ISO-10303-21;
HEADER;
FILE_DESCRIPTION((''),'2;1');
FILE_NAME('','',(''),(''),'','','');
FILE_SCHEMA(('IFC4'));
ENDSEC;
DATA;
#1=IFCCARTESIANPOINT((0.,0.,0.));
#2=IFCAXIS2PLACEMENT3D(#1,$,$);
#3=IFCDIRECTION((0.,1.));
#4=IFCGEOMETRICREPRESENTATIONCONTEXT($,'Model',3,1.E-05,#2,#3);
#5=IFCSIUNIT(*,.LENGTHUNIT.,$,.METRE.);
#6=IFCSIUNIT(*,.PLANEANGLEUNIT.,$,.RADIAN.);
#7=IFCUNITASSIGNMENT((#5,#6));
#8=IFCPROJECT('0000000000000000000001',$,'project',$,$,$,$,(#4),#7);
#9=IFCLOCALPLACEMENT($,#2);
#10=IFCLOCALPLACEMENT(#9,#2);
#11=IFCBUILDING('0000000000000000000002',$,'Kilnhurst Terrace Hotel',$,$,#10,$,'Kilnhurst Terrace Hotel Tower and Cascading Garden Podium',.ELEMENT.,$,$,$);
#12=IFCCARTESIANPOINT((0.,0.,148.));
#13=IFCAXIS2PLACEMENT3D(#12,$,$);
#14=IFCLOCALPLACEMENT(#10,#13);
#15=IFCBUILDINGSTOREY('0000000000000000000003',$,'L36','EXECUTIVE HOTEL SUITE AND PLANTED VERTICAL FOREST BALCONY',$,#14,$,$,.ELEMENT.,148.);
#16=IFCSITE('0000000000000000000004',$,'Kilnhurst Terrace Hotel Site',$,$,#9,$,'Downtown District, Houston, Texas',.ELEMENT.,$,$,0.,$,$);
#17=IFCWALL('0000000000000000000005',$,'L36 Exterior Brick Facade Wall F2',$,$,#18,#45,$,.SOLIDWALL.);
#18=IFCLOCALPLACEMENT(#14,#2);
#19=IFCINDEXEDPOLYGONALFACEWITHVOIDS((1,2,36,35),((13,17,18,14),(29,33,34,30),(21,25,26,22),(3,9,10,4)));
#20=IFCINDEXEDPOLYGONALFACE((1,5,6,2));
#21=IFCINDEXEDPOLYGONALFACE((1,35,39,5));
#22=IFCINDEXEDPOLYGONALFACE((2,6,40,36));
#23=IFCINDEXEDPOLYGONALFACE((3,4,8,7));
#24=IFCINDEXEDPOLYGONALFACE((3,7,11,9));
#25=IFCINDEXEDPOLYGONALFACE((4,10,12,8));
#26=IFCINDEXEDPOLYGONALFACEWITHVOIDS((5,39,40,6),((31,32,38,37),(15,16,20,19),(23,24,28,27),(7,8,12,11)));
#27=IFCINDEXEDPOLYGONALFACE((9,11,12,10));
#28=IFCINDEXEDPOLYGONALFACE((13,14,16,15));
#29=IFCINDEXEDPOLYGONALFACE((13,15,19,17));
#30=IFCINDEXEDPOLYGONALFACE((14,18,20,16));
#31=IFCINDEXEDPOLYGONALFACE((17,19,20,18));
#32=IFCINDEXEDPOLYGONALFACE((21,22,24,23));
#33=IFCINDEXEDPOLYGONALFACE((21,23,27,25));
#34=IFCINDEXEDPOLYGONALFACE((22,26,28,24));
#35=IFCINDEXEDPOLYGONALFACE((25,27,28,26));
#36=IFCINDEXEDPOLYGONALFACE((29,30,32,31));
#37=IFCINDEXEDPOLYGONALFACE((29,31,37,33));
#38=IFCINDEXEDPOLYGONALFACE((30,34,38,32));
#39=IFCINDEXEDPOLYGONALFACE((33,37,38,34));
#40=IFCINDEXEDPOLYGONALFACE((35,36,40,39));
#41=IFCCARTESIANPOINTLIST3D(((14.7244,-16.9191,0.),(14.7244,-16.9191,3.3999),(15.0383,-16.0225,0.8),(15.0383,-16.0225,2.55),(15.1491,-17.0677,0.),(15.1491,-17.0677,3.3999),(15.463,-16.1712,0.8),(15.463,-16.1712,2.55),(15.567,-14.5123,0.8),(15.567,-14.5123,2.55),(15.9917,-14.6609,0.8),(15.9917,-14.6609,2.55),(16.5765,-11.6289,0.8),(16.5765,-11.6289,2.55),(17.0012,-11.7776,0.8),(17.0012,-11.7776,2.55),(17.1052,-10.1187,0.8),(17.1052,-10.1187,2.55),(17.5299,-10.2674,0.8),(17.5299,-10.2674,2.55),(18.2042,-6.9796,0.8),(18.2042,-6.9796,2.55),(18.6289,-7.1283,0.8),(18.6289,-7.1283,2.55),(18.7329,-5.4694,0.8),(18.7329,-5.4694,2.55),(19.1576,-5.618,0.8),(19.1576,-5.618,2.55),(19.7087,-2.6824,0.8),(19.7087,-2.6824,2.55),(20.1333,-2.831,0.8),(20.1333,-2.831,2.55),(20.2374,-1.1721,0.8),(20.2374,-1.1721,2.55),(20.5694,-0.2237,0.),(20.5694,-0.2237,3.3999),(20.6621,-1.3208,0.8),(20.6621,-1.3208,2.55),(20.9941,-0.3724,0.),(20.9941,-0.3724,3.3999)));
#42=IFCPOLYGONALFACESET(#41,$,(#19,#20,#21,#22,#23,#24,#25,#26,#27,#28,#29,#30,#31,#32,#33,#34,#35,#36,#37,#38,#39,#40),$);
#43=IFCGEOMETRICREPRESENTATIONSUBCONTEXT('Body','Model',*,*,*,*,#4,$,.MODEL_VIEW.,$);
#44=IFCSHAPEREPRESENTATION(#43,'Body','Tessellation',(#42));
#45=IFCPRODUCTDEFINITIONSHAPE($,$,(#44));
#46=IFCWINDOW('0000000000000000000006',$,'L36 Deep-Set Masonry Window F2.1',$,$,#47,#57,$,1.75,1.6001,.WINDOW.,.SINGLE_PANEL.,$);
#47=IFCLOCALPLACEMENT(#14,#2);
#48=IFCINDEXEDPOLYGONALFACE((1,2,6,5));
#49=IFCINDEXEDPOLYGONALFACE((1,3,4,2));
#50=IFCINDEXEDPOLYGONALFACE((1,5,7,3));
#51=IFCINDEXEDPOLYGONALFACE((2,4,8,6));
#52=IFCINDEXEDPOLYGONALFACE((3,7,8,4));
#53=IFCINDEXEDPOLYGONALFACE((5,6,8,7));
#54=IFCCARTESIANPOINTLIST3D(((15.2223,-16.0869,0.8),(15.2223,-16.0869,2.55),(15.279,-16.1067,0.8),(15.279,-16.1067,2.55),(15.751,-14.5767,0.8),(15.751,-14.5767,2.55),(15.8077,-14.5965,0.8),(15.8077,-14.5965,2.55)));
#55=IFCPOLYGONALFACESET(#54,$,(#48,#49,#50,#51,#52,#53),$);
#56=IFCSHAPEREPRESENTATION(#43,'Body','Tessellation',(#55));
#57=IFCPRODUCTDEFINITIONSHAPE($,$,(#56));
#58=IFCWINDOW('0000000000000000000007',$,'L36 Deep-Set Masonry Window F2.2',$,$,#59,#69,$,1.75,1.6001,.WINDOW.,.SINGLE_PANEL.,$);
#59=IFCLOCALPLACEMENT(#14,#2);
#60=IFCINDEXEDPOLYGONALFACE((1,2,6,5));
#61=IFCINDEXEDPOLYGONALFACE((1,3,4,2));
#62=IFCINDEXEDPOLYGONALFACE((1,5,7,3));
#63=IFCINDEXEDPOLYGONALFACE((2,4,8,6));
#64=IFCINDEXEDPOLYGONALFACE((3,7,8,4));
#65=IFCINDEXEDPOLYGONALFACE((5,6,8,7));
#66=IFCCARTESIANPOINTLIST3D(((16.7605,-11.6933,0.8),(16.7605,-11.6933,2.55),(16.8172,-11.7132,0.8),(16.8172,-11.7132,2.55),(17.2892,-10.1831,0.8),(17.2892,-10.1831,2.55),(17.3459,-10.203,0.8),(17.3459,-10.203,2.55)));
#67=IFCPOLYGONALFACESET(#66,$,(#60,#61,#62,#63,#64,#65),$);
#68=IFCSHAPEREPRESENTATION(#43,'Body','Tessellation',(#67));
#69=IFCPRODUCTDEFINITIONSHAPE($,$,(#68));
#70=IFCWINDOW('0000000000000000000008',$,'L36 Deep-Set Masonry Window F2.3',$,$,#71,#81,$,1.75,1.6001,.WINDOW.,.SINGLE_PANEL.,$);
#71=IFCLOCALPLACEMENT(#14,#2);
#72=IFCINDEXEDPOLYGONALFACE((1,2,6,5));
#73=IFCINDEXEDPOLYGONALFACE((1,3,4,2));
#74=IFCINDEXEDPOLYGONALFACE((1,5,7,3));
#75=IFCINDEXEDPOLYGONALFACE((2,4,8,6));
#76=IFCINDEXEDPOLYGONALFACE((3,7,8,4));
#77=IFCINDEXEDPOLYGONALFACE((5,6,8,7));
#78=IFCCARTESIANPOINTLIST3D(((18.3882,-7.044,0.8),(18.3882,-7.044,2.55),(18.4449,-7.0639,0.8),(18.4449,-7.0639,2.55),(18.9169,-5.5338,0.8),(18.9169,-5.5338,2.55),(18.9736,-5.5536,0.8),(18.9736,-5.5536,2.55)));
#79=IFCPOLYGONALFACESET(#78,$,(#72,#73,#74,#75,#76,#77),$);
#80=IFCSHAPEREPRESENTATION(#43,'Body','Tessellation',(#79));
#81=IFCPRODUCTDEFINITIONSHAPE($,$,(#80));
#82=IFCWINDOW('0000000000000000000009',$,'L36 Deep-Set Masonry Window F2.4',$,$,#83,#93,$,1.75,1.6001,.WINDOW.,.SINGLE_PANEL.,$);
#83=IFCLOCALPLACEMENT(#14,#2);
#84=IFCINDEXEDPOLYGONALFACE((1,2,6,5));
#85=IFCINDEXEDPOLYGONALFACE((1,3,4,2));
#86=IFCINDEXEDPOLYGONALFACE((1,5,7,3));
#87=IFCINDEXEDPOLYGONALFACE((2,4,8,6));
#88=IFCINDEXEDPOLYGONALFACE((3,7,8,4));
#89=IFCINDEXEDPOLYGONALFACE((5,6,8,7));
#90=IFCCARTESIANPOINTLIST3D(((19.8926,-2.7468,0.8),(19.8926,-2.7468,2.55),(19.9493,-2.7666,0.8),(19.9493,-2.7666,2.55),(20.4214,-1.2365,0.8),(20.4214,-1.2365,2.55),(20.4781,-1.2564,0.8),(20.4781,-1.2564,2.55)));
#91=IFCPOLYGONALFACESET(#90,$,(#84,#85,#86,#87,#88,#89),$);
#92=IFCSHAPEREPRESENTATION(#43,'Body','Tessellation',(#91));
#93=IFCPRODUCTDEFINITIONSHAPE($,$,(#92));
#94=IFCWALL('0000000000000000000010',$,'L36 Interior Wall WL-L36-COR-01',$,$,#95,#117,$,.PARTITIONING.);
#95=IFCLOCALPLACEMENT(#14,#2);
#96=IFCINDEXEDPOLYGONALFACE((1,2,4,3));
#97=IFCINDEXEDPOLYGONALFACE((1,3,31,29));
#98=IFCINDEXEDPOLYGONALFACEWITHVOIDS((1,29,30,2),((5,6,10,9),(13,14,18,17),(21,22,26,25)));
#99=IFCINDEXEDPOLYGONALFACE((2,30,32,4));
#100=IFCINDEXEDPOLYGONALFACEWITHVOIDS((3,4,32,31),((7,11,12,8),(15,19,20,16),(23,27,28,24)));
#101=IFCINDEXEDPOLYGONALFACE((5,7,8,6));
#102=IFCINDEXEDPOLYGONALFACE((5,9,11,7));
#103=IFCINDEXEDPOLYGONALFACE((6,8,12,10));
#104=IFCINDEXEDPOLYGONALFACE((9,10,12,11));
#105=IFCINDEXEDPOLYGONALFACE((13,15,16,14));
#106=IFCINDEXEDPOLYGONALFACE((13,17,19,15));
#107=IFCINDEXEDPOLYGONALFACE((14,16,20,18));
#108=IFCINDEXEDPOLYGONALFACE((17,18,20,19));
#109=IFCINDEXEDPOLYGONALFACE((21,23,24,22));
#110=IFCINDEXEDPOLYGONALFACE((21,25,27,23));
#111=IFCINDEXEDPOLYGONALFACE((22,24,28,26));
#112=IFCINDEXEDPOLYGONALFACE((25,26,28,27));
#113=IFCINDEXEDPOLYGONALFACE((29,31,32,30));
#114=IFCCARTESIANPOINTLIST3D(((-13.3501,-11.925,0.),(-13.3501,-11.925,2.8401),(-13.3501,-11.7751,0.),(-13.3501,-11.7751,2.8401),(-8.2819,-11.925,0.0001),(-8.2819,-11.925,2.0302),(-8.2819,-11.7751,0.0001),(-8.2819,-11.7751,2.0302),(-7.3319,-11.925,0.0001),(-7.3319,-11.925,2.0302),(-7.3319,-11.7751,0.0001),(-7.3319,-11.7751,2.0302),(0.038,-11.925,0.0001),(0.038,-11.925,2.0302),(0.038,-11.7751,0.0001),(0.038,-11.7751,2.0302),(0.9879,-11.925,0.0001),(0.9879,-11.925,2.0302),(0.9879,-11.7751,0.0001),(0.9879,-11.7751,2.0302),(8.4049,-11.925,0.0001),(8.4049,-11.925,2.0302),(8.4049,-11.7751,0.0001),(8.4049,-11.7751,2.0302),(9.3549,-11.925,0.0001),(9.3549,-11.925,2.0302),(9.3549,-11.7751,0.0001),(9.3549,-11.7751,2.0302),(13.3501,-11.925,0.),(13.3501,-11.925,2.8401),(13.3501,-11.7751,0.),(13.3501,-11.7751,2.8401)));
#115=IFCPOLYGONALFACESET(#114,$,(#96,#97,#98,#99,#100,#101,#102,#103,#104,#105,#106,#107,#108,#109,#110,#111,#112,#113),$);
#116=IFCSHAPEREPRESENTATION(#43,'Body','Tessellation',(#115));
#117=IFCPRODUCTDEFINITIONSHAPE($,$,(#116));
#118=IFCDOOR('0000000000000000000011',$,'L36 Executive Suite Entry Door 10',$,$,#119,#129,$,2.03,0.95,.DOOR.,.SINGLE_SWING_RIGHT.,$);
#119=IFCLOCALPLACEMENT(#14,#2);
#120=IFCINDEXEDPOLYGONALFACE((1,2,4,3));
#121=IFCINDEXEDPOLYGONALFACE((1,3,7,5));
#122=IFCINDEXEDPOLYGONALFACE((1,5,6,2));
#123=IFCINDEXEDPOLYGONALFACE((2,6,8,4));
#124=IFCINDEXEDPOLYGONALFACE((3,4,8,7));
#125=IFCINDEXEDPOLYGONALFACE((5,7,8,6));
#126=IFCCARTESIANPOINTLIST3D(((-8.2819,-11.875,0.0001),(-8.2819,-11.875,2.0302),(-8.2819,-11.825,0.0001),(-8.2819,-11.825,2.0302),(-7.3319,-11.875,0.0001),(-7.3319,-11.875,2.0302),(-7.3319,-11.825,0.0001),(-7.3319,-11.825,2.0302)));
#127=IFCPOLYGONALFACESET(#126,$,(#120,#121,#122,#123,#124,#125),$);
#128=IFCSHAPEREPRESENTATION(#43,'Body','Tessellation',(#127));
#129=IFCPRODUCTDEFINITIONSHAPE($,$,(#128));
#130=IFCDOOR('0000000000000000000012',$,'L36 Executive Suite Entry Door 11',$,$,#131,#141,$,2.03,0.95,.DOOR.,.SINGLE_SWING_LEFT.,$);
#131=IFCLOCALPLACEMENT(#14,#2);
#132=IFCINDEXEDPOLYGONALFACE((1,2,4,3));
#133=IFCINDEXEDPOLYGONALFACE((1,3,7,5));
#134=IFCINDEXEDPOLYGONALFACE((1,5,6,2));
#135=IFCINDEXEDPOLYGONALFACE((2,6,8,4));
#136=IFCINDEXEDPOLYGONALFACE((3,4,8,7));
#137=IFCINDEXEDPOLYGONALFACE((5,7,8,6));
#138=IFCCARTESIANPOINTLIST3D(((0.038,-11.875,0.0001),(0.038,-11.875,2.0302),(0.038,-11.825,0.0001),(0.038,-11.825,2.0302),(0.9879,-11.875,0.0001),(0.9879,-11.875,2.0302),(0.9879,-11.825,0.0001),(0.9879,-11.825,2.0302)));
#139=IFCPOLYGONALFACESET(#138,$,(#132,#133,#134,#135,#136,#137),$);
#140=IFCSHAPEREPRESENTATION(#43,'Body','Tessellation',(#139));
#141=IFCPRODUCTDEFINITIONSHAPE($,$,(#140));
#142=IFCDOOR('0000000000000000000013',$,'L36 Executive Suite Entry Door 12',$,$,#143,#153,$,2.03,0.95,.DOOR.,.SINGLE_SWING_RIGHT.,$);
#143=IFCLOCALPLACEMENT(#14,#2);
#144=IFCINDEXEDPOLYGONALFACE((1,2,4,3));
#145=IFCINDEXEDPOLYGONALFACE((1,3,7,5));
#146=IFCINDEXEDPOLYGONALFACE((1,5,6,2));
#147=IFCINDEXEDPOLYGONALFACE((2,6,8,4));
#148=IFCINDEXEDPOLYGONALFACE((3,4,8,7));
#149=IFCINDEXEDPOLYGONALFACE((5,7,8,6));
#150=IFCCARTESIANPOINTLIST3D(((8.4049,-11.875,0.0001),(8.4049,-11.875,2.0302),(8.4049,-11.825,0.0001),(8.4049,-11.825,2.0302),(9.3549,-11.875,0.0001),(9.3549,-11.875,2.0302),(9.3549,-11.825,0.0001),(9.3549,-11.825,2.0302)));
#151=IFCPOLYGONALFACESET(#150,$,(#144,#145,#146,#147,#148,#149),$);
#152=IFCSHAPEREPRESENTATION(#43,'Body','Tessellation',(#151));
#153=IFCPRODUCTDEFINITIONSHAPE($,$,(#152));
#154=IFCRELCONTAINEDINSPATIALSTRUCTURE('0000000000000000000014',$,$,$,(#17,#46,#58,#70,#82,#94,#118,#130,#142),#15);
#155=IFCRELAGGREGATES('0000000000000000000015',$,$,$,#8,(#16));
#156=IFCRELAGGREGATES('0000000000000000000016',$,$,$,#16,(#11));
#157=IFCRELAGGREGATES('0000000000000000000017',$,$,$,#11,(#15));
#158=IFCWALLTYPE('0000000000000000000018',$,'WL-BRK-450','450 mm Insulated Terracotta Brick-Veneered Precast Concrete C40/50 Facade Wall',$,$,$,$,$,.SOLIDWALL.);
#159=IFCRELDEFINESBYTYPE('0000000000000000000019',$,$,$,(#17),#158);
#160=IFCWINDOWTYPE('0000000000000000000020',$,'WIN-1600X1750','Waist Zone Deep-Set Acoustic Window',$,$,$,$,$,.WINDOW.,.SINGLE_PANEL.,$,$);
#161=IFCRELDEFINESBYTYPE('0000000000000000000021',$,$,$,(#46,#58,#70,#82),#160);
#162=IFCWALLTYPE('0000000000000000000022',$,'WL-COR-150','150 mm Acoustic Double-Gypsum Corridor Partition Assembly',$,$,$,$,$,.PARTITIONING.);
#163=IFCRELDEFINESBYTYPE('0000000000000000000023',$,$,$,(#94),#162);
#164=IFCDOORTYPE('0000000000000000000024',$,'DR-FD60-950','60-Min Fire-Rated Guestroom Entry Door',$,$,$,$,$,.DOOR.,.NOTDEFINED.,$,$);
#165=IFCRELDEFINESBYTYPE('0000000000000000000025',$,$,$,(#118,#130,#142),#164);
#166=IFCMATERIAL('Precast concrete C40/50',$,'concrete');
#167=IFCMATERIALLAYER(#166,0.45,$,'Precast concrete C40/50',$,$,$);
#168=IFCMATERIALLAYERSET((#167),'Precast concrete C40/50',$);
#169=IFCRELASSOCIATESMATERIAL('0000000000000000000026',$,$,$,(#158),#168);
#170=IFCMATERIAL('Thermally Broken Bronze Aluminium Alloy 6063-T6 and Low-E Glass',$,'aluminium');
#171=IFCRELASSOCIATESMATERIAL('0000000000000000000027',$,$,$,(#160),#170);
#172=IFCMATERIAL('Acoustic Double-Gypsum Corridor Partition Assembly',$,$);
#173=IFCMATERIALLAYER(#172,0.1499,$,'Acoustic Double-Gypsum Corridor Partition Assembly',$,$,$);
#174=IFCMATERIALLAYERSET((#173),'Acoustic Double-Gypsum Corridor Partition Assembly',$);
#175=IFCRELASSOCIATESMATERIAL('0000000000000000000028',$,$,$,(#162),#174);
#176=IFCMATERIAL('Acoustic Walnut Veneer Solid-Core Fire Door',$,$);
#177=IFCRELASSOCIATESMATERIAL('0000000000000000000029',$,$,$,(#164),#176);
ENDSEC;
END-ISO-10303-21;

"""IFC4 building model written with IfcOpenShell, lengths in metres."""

from ifc_helpers import new_model, si_unit, direction, frame, frame_2d, origin, place, context, subcontext, project, spatial, rectangle, extrude, material, layer, layer_set, type_object, element, fill, save


model = new_model("IFC4")

# Units and contexts
model_context = context("Model", 3, precision=1e-05, world=origin(), true_north=direction((0.0, 1.0)))
body_context = subcontext(model_context, "Body", "Model", "MODEL_VIEW")
ifc_project = project(units=[si_unit("LENGTHUNIT", "METRE"), si_unit("PLANEANGLEUNIT", "RADIAN")], contexts=[model_context])

# Site, building, storey
site_placement = place(None, origin())
site = spatial("IfcSite", under=ifc_project, at=site_placement, Name="Kilnhurst Terrace Hotel Site", LongName="Downtown District, Houston, Texas", CompositionType="ELEMENT", RefElevation=0.0)
building_placement = place(site_placement, origin())
building = spatial("IfcBuilding", under=site, at=building_placement, Name="Kilnhurst Terrace Hotel", LongName="Kilnhurst Terrace Hotel Tower and Cascading Garden Podium", CompositionType="ELEMENT")
storey_placement = place(building_placement, frame((0.0, 0.0, 148.0)))
storey = spatial("IfcBuildingStorey", under=building, at=storey_placement, Name="L36", Description="EXECUTIVE HOTEL SUITE AND PLANTED VERTICAL FOREST BALCONY", CompositionType="ELEMENT", Elevation=148.0)

# Shared definitions
ifc_material_1 = material(Name="Precast concrete C40/50", Category="concrete")
ifc_layer_1 = layer(ifc_material_1, 0.45, Name="Precast concrete C40/50")
ifc_layer_set_1 = layer_set([ifc_layer_1], Name="Precast concrete C40/50")
wall_type_1 = type_object("IfcWallType", Name="WL-BRK-450", Description="450 mm Insulated Terracotta Brick-Veneered Precast Concrete C40/50 Facade Wall", PredefinedType="SOLIDWALL", material=ifc_layer_set_1)

# Wall, openings, windows
wall_1_placement = place(storey_placement, frame((14.9368, -16.9934, 0.0), z_axis=(0.0, 0.0, 1.0), x_axis=(0.330432, 0.94383, 0.0)))
wall_1 = element("IfcWall", 1, at=wall_1_placement, inside=storey, type_object=wall_type_1, Name="L36 Exterior Brick Facade Wall F2", PredefinedType="SOLIDWALL", context=body_context, shape_type="SweptSolid", body=[
    extrude(rectangle(XDim=17.689, YDim=0.45, at=frame_2d((8.8445, 0.0))), origin(), (0.0, 0.0, 1.0), 3.3999),
])
opening_1_placement = place(wall_1_placement, frame((0.95, 0.0, 0.8)))
opening_1 = element("IfcOpeningElement", 2, at=opening_1_placement, cuts=wall_1, PredefinedType="OPENING", context=body_context, shape_type="SweptSolid", body=[
    extrude(rectangle(XDim=1.6001, YDim=1.75, at=frame_2d((0.8, 0.875))), frame((0.0, 0.2349, 0.0), z_axis=(0.0, -1.0, 0.0), x_axis=(1.0, 0.0, 0.0)), (0.0, 0.0, 1.0), 0.47),
])
opening_2_placement = place(wall_1_placement, frame((5.605, 0.0, 0.8)))
opening_2 = element("IfcOpeningElement", 3, at=opening_2_placement, cuts=wall_1, PredefinedType="OPENING", context=body_context, shape_type="SweptSolid", body=[
    extrude(rectangle(XDim=1.6001, YDim=1.75, at=frame_2d((0.8, 0.875))), frame((0.0, 0.2349, 0.0), z_axis=(0.0, -1.0, 0.0), x_axis=(1.0, 0.0, 0.0)), (0.0, 0.0, 1.0), 0.47),
])
opening_3_placement = place(wall_1_placement, frame((10.531, 0.0, 0.8)))
opening_3 = element("IfcOpeningElement", 4, at=opening_3_placement, cuts=wall_1, PredefinedType="OPENING", context=body_context, shape_type="SweptSolid", body=[
    extrude(rectangle(XDim=1.6001, YDim=1.75, at=frame_2d((0.8, 0.875))), frame((0.0, 0.2349, 0.0), z_axis=(0.0, -1.0, 0.0), x_axis=(1.0, 0.0, 0.0)), (0.0, 0.0, 1.0), 0.47),
])
opening_4_placement = place(wall_1_placement, frame((15.084, 0.0, 0.8)))
opening_4 = element("IfcOpeningElement", 5, at=opening_4_placement, cuts=wall_1, PredefinedType="OPENING", context=body_context, shape_type="SweptSolid", body=[
    extrude(rectangle(XDim=1.6001, YDim=1.75, at=frame_2d((0.8, 0.875))), frame((0.0, 0.2349, 0.0), z_axis=(0.0, -1.0, 0.0), x_axis=(1.0, 0.0, 0.0)), (0.0, 0.0, 1.0), 0.47),
])
ifc_material_2 = material(Name="Thermally Broken Bronze Aluminium Alloy 6063-T6 and Low-E Glass", Category="aluminium")
window_type = type_object("IfcWindowType", Name="WIN-1600X1750", Description="Waist Zone Deep-Set Acoustic Window", PartitioningType="SINGLE_PANEL", PredefinedType="WINDOW", material=ifc_material_2)
window_1_placement = place(opening_1_placement, origin())
window_1 = element("IfcWindow", 6, at=window_1_placement, inside=storey, type_object=window_type, Name="L36 Deep-Set Masonry Window F2.1", OverallHeight=1.75, OverallWidth=1.6001, PartitioningType="SINGLE_PANEL", PredefinedType="WINDOW", context=body_context, shape_type="SweptSolid", body=[
    extrude(rectangle(XDim=1.6001, YDim=1.75, at=frame_2d((0.8, 0.875))), frame((0.0, 0.03, 0.0), z_axis=(0.0, -1.0, 0.0), x_axis=(1.0, 0.0, 0.0)), (0.0, 0.0, 1.0), 0.0601),
])
fill(opening_1, window_1)
window_2_placement = place(opening_2_placement, origin())
window_2 = element("IfcWindow", 7, at=window_2_placement, inside=storey, type_object=window_type, Name="L36 Deep-Set Masonry Window F2.2", OverallHeight=1.75, OverallWidth=1.6001, PartitioningType="SINGLE_PANEL", PredefinedType="WINDOW", context=body_context, shape_type="SweptSolid", body=[
    extrude(rectangle(XDim=1.6001, YDim=1.75, at=frame_2d((0.8, 0.875))), frame((0.0, 0.03, 0.0), z_axis=(0.0, -1.0, 0.0), x_axis=(1.0, 0.0, 0.0)), (0.0, 0.0, 1.0), 0.0601),
])
fill(opening_2, window_2)
window_3_placement = place(opening_3_placement, origin())
window_3 = element("IfcWindow", 8, at=window_3_placement, inside=storey, type_object=window_type, Name="L36 Deep-Set Masonry Window F2.3", OverallHeight=1.75, OverallWidth=1.6001, PartitioningType="SINGLE_PANEL", PredefinedType="WINDOW", context=body_context, shape_type="SweptSolid", body=[
    extrude(rectangle(XDim=1.6001, YDim=1.75, at=frame_2d((0.8, 0.875))), frame((0.0, 0.03, 0.0), z_axis=(0.0, -1.0, 0.0), x_axis=(1.0, 0.0, 0.0)), (0.0, 0.0, 1.0), 0.0601),
])
fill(opening_3, window_3)
window_4_placement = place(opening_4_placement, origin())
window_4 = element("IfcWindow", 9, at=window_4_placement, inside=storey, type_object=window_type, Name="L36 Deep-Set Masonry Window F2.4", OverallHeight=1.75, OverallWidth=1.6001, PartitioningType="SINGLE_PANEL", PredefinedType="WINDOW", context=body_context, shape_type="SweptSolid", body=[
    extrude(rectangle(XDim=1.6001, YDim=1.75, at=frame_2d((0.8, 0.875))), frame((0.0, 0.03, 0.0), z_axis=(0.0, -1.0, 0.0), x_axis=(1.0, 0.0, 0.0)), (0.0, 0.0, 1.0), 0.0601),
])
fill(opening_4, window_4)

# Wall, openings, doors
ifc_material_3 = material(Name="Acoustic Double-Gypsum Corridor Partition Assembly")
ifc_layer_2 = layer(ifc_material_3, 0.1499, Name="Acoustic Double-Gypsum Corridor Partition Assembly")
ifc_layer_set_2 = layer_set([ifc_layer_2], Name="Acoustic Double-Gypsum Corridor Partition Assembly")
wall_type_2 = type_object("IfcWallType", Name="WL-COR-150", Description="150 mm Acoustic Double-Gypsum Corridor Partition Assembly", PredefinedType="PARTITIONING", material=ifc_layer_set_2)
wall_2_placement = place(storey_placement, frame((13.3501, -11.8501, 0.0), z_axis=(0.0, 0.0, 1.0), x_axis=(-1.0, 0.0, 0.0)))
wall_2 = element("IfcWall", 10, at=wall_2_placement, inside=storey, type_object=wall_type_2, Name="L36 Interior Wall WL-L36-COR-01", PredefinedType="PARTITIONING", context=body_context, shape_type="SweptSolid", body=[
    extrude(rectangle(XDim=26.7002, YDim=0.1499, at=frame_2d((13.3501, 0.0))), origin(), (0.0, 0.0, 1.0), 2.8401),
])
opening_5_placement = place(wall_2_placement, frame((20.6819, 0.0, 0.0)))
opening_5 = element("IfcOpeningElement", 11, at=opening_5_placement, cuts=wall_2, PredefinedType="OPENING", context=body_context, shape_type="SweptSolid", body=[
    extrude(rectangle(XDim=0.95, YDim=2.03, at=frame_2d((0.4751, 1.0151))), frame((0.0, 0.085, 0.0), z_axis=(0.0, -1.0, 0.0), x_axis=(1.0, 0.0, 0.0)), (0.0, 0.0, 1.0), 0.1699),
])
opening_6_placement = place(wall_2_placement, frame((12.3621, 0.0, 0.0)))
opening_6 = element("IfcOpeningElement", 12, at=opening_6_placement, cuts=wall_2, PredefinedType="OPENING", context=body_context, shape_type="SweptSolid", body=[
    extrude(rectangle(XDim=0.95, YDim=2.03, at=frame_2d((0.4751, 1.0151))), frame((0.0, 0.085, 0.0), z_axis=(0.0, -1.0, 0.0), x_axis=(1.0, 0.0, 0.0)), (0.0, 0.0, 1.0), 0.1699),
])
opening_7_placement = place(wall_2_placement, frame((3.9951, 0.0, 0.0)))
opening_7 = element("IfcOpeningElement", 13, at=opening_7_placement, cuts=wall_2, PredefinedType="OPENING", context=body_context, shape_type="SweptSolid", body=[
    extrude(rectangle(XDim=0.95, YDim=2.03, at=frame_2d((0.4751, 1.0151))), frame((0.0, 0.085, 0.0), z_axis=(0.0, -1.0, 0.0), x_axis=(1.0, 0.0, 0.0)), (0.0, 0.0, 1.0), 0.1699),
])
ifc_material_4 = material(Name="Acoustic Walnut Veneer Solid-Core Fire Door")
door_type_1 = type_object("IfcDoorType", Name="DR-FD60-950", Description="60-Min Fire-Rated Guestroom Entry Door", OperationType="NOTDEFINED", PredefinedType="DOOR", material=ifc_material_4)
door_1_placement = place(opening_5_placement, origin())
door_1 = element("IfcDoor", 14, at=door_1_placement, inside=storey, type_object=door_type_1, Name="L36 Executive Suite Entry Door 10", OperationType="SINGLE_SWING_RIGHT", OverallHeight=2.03, OverallWidth=0.95, PredefinedType="DOOR", context=body_context, shape_type="SweptSolid", body=[
    extrude(rectangle(XDim=0.95, YDim=2.03, at=frame_2d((0.4751, 1.0151))), frame((0.0, 0.0249, 0.0), z_axis=(0.0, -1.0, 0.0), x_axis=(1.0, 0.0, 0.0)), (0.0, 0.0, 1.0), 0.05),
])
fill(opening_5, door_1)
door_2_placement = place(opening_6_placement, origin())
door_2 = element("IfcDoor", 15, at=door_2_placement, inside=storey, type_object=door_type_1, Name="L36 Executive Suite Entry Door 11", OperationType="SINGLE_SWING_LEFT", OverallHeight=2.03, OverallWidth=0.95, PredefinedType="DOOR", context=body_context, shape_type="SweptSolid", body=[
    extrude(rectangle(XDim=0.95, YDim=2.03, at=frame_2d((0.4751, 1.0151))), frame((0.0, 0.0249, 0.0), z_axis=(0.0, -1.0, 0.0), x_axis=(1.0, 0.0, 0.0)), (0.0, 0.0, 1.0), 0.05),
])
fill(opening_6, door_2)
door_3_placement = place(opening_7_placement, origin())
door_3 = element("IfcDoor", 16, at=door_3_placement, inside=storey, type_object=door_type_1, Name="L36 Executive Suite Entry Door 12", OperationType="SINGLE_SWING_RIGHT", OverallHeight=2.03, OverallWidth=0.95, PredefinedType="DOOR", context=body_context, shape_type="SweptSolid", body=[
    extrude(rectangle(XDim=0.95, YDim=2.03, at=frame_2d((0.4751, 1.0151))), frame((0.0, 0.0249, 0.0), z_axis=(0.0, -1.0, 0.0), x_axis=(1.0, 0.0, 0.0)), (0.0, 0.0, 1.0), 0.05),
])
fill(opening_7, door_3)

save(model, "model.ifc")
